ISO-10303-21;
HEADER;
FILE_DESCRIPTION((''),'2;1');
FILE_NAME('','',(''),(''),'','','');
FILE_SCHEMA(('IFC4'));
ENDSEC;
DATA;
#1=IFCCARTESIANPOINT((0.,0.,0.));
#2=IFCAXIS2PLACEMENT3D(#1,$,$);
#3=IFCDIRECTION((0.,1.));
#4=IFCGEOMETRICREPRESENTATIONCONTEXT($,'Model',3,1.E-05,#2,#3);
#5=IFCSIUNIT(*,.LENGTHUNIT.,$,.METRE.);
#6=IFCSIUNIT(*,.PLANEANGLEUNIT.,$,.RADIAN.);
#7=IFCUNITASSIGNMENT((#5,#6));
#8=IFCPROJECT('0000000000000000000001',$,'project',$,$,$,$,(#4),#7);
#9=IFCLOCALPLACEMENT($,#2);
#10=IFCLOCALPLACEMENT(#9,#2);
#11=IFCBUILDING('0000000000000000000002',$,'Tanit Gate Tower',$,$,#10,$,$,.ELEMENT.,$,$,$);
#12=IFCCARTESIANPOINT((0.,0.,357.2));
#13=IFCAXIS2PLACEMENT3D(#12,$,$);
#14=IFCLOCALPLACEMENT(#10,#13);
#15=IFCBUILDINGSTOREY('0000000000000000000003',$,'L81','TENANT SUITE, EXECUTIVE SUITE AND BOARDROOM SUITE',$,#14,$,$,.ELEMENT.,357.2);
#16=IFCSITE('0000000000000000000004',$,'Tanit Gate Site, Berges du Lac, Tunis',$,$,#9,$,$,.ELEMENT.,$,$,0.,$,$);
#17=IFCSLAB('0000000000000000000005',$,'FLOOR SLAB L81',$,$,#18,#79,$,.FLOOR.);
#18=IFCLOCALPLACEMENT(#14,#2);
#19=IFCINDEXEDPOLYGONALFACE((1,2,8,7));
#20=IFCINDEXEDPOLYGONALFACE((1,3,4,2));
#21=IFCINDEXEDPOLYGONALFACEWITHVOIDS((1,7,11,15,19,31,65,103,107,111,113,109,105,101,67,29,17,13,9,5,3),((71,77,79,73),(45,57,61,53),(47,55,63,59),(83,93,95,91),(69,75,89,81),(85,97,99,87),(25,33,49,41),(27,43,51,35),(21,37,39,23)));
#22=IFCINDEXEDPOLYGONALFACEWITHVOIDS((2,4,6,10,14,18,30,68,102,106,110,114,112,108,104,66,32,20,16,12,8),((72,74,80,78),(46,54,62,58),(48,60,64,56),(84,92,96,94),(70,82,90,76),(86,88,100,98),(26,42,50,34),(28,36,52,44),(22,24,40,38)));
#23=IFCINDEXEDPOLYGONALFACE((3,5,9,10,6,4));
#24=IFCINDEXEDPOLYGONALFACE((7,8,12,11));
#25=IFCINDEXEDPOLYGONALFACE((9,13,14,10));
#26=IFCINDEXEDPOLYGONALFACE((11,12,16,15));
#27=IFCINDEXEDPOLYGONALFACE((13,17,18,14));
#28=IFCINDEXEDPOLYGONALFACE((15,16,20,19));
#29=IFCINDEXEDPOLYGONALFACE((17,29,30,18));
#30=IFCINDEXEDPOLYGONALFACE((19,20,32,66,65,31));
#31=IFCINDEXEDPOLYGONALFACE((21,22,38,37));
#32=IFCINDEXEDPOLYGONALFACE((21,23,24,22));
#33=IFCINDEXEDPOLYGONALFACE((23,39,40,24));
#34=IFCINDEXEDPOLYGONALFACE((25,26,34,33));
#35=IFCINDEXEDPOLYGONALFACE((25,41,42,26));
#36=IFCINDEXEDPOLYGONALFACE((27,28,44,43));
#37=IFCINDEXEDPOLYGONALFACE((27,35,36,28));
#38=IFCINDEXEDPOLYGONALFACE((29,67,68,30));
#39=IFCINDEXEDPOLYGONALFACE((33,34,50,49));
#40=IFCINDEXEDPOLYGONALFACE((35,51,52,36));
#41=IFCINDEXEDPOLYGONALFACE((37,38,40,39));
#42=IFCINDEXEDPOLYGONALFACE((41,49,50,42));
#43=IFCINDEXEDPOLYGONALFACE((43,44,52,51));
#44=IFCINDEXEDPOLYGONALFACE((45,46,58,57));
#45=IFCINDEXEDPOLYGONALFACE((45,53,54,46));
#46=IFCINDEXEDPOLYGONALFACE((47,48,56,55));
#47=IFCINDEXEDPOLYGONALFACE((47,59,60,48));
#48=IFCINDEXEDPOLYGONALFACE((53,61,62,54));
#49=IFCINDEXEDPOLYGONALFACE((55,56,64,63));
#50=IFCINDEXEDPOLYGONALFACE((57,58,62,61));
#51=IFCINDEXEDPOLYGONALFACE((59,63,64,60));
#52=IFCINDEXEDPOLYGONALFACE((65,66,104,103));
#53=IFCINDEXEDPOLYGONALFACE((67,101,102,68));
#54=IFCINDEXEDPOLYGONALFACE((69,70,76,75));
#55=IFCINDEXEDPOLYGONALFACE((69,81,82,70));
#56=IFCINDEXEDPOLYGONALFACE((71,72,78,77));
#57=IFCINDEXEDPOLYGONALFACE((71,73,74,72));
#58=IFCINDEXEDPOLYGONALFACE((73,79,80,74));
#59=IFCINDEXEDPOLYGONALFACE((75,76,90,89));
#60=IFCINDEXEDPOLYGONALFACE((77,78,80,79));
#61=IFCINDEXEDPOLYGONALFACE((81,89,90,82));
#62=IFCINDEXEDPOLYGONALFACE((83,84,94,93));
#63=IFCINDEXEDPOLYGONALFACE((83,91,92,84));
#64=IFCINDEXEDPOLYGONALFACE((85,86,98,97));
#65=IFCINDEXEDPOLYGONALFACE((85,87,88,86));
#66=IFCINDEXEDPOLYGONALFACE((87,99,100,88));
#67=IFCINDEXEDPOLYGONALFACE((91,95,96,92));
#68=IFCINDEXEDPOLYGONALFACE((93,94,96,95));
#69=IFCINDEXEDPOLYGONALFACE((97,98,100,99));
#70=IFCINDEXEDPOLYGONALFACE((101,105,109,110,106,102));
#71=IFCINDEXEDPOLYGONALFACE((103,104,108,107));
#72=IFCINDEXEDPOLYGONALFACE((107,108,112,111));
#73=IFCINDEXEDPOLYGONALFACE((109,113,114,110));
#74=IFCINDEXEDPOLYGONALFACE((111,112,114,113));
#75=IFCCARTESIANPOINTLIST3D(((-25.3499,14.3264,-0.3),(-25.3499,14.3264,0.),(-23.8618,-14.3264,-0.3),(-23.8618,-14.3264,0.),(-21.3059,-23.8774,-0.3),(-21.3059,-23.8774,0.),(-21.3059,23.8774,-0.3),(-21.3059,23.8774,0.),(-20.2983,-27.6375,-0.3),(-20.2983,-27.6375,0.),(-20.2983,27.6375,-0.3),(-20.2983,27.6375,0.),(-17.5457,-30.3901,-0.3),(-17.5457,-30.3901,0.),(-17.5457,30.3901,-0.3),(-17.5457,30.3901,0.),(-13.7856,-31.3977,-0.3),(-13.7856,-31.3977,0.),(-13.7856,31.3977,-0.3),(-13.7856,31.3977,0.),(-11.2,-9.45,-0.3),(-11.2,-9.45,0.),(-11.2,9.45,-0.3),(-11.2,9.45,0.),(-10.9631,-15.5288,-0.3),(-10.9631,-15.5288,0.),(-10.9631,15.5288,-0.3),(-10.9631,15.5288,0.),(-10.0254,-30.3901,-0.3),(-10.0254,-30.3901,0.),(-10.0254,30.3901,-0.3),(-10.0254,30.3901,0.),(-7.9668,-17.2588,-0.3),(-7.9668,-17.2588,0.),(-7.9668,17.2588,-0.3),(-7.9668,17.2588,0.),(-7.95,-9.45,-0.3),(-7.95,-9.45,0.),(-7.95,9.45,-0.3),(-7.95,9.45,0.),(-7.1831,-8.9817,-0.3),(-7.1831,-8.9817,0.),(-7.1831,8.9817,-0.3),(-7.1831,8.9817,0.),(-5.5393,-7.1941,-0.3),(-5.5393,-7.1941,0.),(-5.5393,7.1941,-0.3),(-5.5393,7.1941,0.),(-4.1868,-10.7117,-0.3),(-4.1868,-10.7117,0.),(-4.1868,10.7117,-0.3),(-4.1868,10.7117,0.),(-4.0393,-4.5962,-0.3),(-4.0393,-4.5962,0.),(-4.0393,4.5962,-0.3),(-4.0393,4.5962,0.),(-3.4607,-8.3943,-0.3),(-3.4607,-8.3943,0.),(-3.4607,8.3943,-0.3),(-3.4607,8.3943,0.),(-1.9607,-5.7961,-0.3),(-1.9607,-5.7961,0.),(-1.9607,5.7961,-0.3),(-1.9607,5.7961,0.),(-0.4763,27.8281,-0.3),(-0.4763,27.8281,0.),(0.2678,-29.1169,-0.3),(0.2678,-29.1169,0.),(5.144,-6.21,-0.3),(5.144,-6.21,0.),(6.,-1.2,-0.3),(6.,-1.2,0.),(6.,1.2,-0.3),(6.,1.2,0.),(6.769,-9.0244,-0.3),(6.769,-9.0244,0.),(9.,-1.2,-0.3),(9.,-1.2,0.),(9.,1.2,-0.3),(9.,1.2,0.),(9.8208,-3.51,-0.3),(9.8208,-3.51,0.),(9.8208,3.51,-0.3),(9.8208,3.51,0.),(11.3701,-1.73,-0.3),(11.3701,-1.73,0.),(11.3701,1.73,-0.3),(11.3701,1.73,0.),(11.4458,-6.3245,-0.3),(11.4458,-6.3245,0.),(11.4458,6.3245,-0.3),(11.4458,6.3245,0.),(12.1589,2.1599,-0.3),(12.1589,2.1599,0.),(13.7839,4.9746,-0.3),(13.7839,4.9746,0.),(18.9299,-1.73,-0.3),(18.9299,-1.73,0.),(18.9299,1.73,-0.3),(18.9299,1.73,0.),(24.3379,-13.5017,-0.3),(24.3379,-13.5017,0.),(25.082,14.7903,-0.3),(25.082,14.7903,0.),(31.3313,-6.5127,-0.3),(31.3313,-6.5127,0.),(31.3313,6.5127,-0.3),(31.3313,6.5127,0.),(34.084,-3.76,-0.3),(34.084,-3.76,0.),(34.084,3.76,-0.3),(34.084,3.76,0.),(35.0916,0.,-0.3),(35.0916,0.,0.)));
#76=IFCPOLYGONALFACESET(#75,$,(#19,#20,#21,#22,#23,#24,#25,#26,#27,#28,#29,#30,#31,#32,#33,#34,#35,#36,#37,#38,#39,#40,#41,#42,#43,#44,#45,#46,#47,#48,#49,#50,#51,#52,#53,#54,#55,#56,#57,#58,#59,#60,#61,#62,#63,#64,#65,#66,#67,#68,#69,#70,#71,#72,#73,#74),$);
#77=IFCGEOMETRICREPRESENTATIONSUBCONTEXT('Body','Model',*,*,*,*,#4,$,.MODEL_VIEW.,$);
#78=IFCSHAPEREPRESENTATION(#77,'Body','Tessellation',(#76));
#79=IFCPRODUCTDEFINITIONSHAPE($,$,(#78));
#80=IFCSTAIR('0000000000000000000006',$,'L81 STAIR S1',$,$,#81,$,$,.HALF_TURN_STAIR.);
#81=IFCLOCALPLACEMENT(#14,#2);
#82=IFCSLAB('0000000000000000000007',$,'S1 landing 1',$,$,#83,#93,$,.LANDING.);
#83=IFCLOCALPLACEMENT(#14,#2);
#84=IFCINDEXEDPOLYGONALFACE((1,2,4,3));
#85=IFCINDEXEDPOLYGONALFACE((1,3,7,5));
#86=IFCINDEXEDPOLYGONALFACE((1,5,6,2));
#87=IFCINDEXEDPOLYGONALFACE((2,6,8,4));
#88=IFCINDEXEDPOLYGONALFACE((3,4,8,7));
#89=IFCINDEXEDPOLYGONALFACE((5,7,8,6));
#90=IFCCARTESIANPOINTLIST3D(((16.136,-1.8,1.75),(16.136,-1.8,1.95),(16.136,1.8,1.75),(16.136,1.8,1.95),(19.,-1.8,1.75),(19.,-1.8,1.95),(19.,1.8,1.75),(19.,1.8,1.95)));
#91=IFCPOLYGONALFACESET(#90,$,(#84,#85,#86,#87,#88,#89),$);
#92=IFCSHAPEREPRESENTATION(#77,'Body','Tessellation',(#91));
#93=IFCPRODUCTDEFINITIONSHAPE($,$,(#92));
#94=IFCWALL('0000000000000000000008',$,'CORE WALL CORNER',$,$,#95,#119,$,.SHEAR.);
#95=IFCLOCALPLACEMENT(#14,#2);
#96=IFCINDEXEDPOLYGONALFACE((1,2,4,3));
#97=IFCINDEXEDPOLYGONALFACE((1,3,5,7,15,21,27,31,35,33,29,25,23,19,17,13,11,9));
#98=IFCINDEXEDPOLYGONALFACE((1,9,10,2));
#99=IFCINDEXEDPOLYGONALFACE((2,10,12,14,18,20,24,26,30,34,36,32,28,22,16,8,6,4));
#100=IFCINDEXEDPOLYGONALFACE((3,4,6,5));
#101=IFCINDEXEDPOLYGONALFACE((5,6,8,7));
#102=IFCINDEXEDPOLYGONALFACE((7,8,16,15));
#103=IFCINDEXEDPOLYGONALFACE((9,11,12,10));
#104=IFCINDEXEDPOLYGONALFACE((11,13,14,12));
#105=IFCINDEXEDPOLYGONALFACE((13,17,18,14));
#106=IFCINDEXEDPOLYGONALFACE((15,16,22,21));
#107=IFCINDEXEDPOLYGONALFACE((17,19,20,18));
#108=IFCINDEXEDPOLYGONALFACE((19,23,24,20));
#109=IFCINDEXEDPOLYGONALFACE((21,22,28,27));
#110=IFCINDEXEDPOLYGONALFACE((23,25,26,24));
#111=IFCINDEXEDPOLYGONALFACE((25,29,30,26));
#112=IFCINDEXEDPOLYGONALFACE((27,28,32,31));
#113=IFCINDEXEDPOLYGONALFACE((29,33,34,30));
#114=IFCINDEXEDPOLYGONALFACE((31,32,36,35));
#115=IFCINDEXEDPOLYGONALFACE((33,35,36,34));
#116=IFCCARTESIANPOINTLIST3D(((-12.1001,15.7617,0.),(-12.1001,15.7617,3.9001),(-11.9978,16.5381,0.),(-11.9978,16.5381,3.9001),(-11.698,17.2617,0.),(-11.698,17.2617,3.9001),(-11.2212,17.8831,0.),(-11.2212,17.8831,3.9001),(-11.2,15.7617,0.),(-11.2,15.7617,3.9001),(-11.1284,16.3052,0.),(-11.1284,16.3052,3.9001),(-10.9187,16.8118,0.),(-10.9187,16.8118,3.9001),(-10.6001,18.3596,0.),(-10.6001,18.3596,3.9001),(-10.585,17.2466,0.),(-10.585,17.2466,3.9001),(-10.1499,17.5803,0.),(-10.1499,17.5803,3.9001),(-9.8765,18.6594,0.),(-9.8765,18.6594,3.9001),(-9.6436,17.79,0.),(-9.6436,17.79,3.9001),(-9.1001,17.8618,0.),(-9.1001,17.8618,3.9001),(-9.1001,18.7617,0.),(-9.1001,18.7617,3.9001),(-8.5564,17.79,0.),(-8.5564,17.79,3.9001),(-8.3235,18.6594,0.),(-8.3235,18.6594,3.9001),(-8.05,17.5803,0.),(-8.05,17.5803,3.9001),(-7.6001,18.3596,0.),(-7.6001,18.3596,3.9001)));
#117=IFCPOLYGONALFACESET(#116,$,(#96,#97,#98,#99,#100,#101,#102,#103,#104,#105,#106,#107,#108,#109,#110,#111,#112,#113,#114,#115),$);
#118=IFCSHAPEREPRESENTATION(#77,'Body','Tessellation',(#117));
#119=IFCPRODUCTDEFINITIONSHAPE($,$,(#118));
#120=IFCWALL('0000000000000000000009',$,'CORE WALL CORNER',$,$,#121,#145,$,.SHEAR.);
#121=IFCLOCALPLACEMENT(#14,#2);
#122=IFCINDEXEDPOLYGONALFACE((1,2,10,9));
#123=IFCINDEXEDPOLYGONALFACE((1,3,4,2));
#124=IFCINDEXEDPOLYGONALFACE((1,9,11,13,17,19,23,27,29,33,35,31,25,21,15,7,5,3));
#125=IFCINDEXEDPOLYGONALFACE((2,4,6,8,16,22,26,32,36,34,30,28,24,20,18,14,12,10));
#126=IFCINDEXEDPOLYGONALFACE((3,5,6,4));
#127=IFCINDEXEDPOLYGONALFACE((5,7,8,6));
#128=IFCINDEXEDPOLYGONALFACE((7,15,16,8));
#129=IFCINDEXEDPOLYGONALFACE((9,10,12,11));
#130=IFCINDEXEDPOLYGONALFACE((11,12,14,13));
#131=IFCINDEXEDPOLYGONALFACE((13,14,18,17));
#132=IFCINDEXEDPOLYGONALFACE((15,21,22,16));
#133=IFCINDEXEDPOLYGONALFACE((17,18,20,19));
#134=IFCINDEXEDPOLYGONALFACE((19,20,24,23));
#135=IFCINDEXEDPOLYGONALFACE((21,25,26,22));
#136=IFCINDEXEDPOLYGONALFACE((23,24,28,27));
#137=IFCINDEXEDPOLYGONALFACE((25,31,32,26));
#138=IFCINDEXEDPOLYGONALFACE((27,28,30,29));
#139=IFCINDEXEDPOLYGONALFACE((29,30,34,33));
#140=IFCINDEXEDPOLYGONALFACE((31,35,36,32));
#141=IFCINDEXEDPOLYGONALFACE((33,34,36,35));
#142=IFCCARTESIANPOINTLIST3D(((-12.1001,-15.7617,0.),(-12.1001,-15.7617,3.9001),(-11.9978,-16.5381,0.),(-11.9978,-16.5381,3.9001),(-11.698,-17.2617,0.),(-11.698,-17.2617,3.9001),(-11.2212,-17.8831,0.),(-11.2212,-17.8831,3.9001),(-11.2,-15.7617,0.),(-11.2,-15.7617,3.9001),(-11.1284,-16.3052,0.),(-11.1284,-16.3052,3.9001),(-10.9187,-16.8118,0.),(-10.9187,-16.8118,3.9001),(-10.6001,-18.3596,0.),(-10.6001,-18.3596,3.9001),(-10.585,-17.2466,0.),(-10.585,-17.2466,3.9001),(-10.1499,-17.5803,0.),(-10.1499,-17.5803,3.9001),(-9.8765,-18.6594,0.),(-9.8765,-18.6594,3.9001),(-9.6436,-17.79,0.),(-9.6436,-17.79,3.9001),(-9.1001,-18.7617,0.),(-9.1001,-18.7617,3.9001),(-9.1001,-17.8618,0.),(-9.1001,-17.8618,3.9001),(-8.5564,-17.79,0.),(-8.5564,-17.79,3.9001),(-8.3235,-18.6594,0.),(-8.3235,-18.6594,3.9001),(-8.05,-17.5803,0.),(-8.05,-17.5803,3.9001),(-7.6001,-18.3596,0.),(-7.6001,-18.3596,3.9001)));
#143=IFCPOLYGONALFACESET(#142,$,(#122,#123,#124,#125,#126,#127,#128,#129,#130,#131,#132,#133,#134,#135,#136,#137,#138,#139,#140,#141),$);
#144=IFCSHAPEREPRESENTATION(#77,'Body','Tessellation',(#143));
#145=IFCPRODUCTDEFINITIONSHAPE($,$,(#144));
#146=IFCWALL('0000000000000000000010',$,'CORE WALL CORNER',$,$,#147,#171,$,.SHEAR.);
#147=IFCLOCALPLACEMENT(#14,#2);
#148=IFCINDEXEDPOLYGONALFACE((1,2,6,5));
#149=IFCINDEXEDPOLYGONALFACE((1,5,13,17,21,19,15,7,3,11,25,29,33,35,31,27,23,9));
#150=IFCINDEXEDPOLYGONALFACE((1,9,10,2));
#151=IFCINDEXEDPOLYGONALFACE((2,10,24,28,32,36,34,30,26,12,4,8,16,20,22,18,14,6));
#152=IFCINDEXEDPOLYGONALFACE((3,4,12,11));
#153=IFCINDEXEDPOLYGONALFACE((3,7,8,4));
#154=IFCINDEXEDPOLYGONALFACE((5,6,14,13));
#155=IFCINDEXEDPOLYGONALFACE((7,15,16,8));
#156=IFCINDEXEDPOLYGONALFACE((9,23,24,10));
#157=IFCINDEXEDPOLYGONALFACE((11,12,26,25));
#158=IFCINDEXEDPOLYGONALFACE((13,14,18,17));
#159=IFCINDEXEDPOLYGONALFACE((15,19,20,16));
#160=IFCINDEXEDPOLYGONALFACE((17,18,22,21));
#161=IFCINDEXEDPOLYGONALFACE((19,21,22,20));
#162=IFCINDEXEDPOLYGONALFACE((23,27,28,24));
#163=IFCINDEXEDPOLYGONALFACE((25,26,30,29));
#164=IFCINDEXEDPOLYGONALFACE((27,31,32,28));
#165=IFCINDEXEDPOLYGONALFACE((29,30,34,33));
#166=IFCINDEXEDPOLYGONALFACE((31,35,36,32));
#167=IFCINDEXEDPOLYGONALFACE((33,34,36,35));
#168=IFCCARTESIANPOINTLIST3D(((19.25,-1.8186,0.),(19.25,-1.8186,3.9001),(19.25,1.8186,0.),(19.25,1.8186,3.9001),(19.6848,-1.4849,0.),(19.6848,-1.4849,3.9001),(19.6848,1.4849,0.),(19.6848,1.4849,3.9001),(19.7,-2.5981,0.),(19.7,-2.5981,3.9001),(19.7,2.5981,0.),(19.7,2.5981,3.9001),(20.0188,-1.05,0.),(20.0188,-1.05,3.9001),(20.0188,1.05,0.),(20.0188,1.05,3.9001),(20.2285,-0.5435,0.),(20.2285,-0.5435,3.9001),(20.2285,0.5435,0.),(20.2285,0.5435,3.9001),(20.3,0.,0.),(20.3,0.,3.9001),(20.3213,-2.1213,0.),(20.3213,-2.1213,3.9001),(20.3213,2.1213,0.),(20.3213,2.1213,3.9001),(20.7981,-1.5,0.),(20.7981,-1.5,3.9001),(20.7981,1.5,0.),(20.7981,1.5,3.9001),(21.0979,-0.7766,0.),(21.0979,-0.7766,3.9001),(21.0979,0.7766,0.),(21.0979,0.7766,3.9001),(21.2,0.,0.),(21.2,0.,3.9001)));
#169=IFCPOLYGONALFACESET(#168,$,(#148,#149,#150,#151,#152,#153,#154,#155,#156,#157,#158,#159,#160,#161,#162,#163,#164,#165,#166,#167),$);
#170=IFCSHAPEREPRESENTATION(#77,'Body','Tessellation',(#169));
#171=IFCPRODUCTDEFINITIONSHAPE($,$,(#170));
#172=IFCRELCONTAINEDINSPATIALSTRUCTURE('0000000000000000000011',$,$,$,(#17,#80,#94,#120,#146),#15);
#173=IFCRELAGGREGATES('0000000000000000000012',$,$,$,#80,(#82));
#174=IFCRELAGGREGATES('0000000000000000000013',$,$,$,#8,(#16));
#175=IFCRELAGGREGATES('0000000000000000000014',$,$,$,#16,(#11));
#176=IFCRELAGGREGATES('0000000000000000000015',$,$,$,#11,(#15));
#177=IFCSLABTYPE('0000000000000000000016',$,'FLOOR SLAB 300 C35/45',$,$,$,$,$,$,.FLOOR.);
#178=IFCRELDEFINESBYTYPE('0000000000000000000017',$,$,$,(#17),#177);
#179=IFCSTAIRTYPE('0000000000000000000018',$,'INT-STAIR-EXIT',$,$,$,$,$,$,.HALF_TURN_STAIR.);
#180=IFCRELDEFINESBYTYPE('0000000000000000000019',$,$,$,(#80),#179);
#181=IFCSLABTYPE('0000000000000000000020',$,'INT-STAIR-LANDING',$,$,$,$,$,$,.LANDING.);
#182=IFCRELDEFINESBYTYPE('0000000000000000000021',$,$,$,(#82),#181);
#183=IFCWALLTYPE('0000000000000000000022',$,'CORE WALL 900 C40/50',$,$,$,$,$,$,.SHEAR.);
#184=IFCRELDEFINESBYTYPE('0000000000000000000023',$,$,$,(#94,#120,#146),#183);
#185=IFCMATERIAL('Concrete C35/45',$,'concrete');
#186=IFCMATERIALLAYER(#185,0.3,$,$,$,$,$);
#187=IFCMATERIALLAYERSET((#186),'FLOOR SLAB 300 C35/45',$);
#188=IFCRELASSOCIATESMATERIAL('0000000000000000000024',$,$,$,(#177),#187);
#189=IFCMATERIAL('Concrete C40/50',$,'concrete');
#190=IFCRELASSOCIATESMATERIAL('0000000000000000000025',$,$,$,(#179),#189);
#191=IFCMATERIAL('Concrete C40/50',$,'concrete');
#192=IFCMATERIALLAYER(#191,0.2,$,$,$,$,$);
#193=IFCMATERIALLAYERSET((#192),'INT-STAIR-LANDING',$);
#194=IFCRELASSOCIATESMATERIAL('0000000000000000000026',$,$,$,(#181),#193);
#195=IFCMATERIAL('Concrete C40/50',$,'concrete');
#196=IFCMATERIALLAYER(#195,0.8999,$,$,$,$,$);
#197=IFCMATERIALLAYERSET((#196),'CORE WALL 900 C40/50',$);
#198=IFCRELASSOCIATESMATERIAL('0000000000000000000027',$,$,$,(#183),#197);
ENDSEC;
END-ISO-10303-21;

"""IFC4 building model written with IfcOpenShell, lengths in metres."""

from ifc_helpers import new_model, si_unit, direction, frame, origin, place, context, subcontext, project, spatial, polyline, outline, extrude, material, layer, layer_set, type_object, element, aggregate, save


model = new_model("IFC4")

# Units and contexts
model_context = context("Model", 3, precision=1e-05, world=origin(), true_north=direction((0.0, 1.0)))
body_context = subcontext(model_context, "Body", "Model", "MODEL_VIEW")
ifc_project = project(units=[si_unit("LENGTHUNIT", "METRE"), si_unit("PLANEANGLEUNIT", "RADIAN")], contexts=[model_context])

# Site, building, storey
site_placement = place(None, origin())
site = spatial("IfcSite", under=ifc_project, at=site_placement, Name="Tanit Gate Site, Berges du Lac, Tunis", CompositionType="ELEMENT", RefElevation=0.0)
building_placement = place(site_placement, origin())
building = spatial("IfcBuilding", under=site, at=building_placement, Name="Tanit Gate Tower", CompositionType="ELEMENT")
storey_placement = place(building_placement, frame((0.0, 0.0, 357.2)))
storey = spatial("IfcBuildingStorey", under=building, at=storey_placement, Name="L81", Description="TENANT SUITE, EXECUTIVE SUITE AND BOARDROOM SUITE", CompositionType="ELEMENT", Elevation=357.2)

# Slab
ifc_material_1 = material(Name="Concrete C35/45", Category="concrete")
ifc_layer_1 = layer(ifc_material_1, 0.3)
ifc_layer_set_1 = layer_set([ifc_layer_1], Name="FLOOR SLAB 300 C35/45")
slab_type_1 = type_object("IfcSlabType", Name="FLOOR SLAB 300 C35/45", PredefinedType="FLOOR", material=ifc_layer_set_1)
slab_1_placement = place(storey_placement, frame((0.0, 0.0, -0.3)))
element("IfcSlab", 1, at=slab_1_placement, inside=storey, type_object=slab_type_1, Name="FLOOR SLAB L81", PredefinedType="FLOOR", context=body_context, shape_type="SweptSolid", body=[
    extrude(outline(polyline([(31.3313, 6.5127), (34.084, 3.76), (35.0916, 0.0), (34.084, -3.76), (31.3313, -6.5127), (24.3379, -13.5017), (0.2678, -29.1169), (-10.0254, -30.3901), (-13.7856, -31.3977), (-17.5457, -30.3901), (-20.2983, -27.6375), (-21.3059, -23.8774), (-23.8618, -14.3264), (-25.3499, 14.3264), (-21.3059, 23.8774), (-20.2983, 27.6375), (-17.5457, 30.3901), (-13.7856, 31.3977), (-10.0254, 30.3901), (-0.4763, 27.8281), (25.082, 14.7903), (31.3313, 6.5127)]), holes=[polyline([(11.3701, 1.73), (18.9299, 1.73), (18.9299, -1.73), (11.3701, -1.73), (11.3701, 1.73)]), polyline([(12.1589, 2.1599), (9.8208, 3.51), (11.4458, 6.3245), (13.7839, 4.9746), (12.1589, 2.1599)]), polyline([(11.4458, -6.3245), (6.769, -9.0244), (5.144, -6.21), (9.8208, -3.51), (11.4458, -6.3245)]), polyline([(6.0, 1.2), (9.0, 1.2), (9.0, -1.2), (6.0, -1.2), (6.0, 1.2)]), polyline([(-4.0393, 4.5962), (-5.5393, 7.1941), (-3.4607, 8.3943), (-1.9607, 5.7961), (-4.0393, 4.5962)]), polyline([(-1.9607, -5.7961), (-3.4607, -8.3943), (-5.5393, -7.1941), (-4.0393, -4.5962), (-1.9607, -5.7961)]), polyline([(-7.1831, 8.9817), (-10.9631, 15.5288), (-7.9668, 17.2588), (-4.1868, 10.7117), (-7.1831, 8.9817)]), polyline([(-4.1868, -10.7117), (-7.9668, -17.2588), (-10.9631, -15.5288), (-7.1831, -8.9817), (-4.1868, -10.7117)]), polyline([(-11.2, -9.45), (-11.2, 9.45), (-7.95, 9.45), (-7.95, -9.45), (-11.2, -9.45)])]), origin(), (0.0, 0.0, 1.0), 0.3),
])

# Stair, slab
ifc_material_2 = material(Name="Concrete C40/50", Category="concrete")
stair_type = type_object("IfcStairType", Name="INT-STAIR-EXIT", PredefinedType="HALF_TURN_STAIR", material=ifc_material_2)
stair_placement = place(storey_placement, origin())
stair = element("IfcStair", 2, at=stair_placement, inside=storey, type_object=stair_type, Name="L81 STAIR S1", PredefinedType="HALF_TURN_STAIR")
ifc_material_3 = material(Name="Concrete C40/50", Category="concrete")
ifc_layer_2 = layer(ifc_material_3, 0.2)
ifc_layer_set_2 = layer_set([ifc_layer_2], Name="INT-STAIR-LANDING")
slab_type_2 = type_object("IfcSlabType", Name="INT-STAIR-LANDING", PredefinedType="LANDING", material=ifc_layer_set_2)
slab_2_placement = place(storey_placement, frame((0.0, 0.0, 1.75)))
slab_2 = element("IfcSlab", 3, at=slab_2_placement, type_object=slab_type_2, Name="S1 landing 1", PredefinedType="LANDING", context=body_context, shape_type="SweptSolid", body=[
    extrude(outline(polyline([(16.136, -1.8), (19.0, -1.8), (19.0, 1.8), (16.136, 1.8), (16.136, -1.8)])), origin(), (0.0, 0.0, 1.0), 0.2),
])
aggregate(stair, [slab_2])

# Walls
ifc_material_4 = material(Name="Concrete C40/50", Category="concrete")
ifc_layer_3 = layer(ifc_material_4, 0.8999)
ifc_layer_set_3 = layer_set([ifc_layer_3], Name="CORE WALL 900 C40/50")
wall_type_1 = type_object("IfcWallType", Name="CORE WALL 900 C40/50", PredefinedType="SHEAR", material=ifc_layer_set_3)
wall_1_placement = place(storey_placement, origin())
element("IfcWall", 4, at=wall_1_placement, inside=storey, type_object=wall_type_1, Name="CORE WALL CORNER", PredefinedType="SHEAR", context=body_context, shape_type="SweptSolid", body=[
    extrude(outline(polyline([(-7.6001, 18.3596), (-8.3235, 18.6594), (-9.1001, 18.7617), (-9.8765, 18.6594), (-10.6001, 18.3596), (-11.2212, 17.8831), (-11.698, 17.2617), (-11.9978, 16.5381), (-12.1001, 15.7617), (-11.2, 15.7617), (-11.1284, 16.3052), (-10.9187, 16.8118), (-10.585, 17.2466), (-10.1499, 17.5803), (-9.6436, 17.79), (-9.1001, 17.8618), (-8.5564, 17.79), (-8.05, 17.5803), (-7.6001, 18.3596)])), origin(), (0.0, 0.0, 1.0), 3.9001),
])
wall_2_placement = place(storey_placement, origin())
element("IfcWall", 5, at=wall_2_placement, inside=storey, type_object=wall_type_1, Name="CORE WALL CORNER", PredefinedType="SHEAR", context=body_context, shape_type="SweptSolid", body=[
    extrude(outline(polyline([(-12.1001, -15.7617), (-11.9978, -16.5381), (-11.698, -17.2617), (-11.2212, -17.8831), (-10.6001, -18.3596), (-9.8765, -18.6594), (-9.1001, -18.7617), (-8.3235, -18.6594), (-7.6001, -18.3596), (-8.05, -17.5803), (-8.5564, -17.79), (-9.1001, -17.8618), (-9.6436, -17.79), (-10.1499, -17.5803), (-10.585, -17.2466), (-10.9187, -16.8118), (-11.1284, -16.3052), (-11.2, -15.7617), (-12.1001, -15.7617)])), origin(), (0.0, 0.0, 1.0), 3.9001),
])
wall_3_placement = place(storey_placement, origin())
element("IfcWall", 6, at=wall_3_placement, inside=storey, type_object=wall_type_1, Name="CORE WALL CORNER", PredefinedType="SHEAR", context=body_context, shape_type="SweptSolid", body=[
    extrude(outline(polyline([(19.7, -2.5981), (20.3213, -2.1213), (20.7981, -1.5), (21.0979, -0.7766), (21.2, 0.0), (21.0979, 0.7766), (20.7981, 1.5), (20.3213, 2.1213), (19.7, 2.5981), (19.25, 1.8186), (19.6848, 1.4849), (20.0188, 1.05), (20.2285, 0.5435), (20.3, 0.0), (20.2285, -0.5435), (20.0188, -1.05), (19.6848, -1.4849), (19.25, -1.8186), (19.7, -2.5981)])), origin(), (0.0, 0.0, 1.0), 3.9001),
])

save(model, "model.ifc")
